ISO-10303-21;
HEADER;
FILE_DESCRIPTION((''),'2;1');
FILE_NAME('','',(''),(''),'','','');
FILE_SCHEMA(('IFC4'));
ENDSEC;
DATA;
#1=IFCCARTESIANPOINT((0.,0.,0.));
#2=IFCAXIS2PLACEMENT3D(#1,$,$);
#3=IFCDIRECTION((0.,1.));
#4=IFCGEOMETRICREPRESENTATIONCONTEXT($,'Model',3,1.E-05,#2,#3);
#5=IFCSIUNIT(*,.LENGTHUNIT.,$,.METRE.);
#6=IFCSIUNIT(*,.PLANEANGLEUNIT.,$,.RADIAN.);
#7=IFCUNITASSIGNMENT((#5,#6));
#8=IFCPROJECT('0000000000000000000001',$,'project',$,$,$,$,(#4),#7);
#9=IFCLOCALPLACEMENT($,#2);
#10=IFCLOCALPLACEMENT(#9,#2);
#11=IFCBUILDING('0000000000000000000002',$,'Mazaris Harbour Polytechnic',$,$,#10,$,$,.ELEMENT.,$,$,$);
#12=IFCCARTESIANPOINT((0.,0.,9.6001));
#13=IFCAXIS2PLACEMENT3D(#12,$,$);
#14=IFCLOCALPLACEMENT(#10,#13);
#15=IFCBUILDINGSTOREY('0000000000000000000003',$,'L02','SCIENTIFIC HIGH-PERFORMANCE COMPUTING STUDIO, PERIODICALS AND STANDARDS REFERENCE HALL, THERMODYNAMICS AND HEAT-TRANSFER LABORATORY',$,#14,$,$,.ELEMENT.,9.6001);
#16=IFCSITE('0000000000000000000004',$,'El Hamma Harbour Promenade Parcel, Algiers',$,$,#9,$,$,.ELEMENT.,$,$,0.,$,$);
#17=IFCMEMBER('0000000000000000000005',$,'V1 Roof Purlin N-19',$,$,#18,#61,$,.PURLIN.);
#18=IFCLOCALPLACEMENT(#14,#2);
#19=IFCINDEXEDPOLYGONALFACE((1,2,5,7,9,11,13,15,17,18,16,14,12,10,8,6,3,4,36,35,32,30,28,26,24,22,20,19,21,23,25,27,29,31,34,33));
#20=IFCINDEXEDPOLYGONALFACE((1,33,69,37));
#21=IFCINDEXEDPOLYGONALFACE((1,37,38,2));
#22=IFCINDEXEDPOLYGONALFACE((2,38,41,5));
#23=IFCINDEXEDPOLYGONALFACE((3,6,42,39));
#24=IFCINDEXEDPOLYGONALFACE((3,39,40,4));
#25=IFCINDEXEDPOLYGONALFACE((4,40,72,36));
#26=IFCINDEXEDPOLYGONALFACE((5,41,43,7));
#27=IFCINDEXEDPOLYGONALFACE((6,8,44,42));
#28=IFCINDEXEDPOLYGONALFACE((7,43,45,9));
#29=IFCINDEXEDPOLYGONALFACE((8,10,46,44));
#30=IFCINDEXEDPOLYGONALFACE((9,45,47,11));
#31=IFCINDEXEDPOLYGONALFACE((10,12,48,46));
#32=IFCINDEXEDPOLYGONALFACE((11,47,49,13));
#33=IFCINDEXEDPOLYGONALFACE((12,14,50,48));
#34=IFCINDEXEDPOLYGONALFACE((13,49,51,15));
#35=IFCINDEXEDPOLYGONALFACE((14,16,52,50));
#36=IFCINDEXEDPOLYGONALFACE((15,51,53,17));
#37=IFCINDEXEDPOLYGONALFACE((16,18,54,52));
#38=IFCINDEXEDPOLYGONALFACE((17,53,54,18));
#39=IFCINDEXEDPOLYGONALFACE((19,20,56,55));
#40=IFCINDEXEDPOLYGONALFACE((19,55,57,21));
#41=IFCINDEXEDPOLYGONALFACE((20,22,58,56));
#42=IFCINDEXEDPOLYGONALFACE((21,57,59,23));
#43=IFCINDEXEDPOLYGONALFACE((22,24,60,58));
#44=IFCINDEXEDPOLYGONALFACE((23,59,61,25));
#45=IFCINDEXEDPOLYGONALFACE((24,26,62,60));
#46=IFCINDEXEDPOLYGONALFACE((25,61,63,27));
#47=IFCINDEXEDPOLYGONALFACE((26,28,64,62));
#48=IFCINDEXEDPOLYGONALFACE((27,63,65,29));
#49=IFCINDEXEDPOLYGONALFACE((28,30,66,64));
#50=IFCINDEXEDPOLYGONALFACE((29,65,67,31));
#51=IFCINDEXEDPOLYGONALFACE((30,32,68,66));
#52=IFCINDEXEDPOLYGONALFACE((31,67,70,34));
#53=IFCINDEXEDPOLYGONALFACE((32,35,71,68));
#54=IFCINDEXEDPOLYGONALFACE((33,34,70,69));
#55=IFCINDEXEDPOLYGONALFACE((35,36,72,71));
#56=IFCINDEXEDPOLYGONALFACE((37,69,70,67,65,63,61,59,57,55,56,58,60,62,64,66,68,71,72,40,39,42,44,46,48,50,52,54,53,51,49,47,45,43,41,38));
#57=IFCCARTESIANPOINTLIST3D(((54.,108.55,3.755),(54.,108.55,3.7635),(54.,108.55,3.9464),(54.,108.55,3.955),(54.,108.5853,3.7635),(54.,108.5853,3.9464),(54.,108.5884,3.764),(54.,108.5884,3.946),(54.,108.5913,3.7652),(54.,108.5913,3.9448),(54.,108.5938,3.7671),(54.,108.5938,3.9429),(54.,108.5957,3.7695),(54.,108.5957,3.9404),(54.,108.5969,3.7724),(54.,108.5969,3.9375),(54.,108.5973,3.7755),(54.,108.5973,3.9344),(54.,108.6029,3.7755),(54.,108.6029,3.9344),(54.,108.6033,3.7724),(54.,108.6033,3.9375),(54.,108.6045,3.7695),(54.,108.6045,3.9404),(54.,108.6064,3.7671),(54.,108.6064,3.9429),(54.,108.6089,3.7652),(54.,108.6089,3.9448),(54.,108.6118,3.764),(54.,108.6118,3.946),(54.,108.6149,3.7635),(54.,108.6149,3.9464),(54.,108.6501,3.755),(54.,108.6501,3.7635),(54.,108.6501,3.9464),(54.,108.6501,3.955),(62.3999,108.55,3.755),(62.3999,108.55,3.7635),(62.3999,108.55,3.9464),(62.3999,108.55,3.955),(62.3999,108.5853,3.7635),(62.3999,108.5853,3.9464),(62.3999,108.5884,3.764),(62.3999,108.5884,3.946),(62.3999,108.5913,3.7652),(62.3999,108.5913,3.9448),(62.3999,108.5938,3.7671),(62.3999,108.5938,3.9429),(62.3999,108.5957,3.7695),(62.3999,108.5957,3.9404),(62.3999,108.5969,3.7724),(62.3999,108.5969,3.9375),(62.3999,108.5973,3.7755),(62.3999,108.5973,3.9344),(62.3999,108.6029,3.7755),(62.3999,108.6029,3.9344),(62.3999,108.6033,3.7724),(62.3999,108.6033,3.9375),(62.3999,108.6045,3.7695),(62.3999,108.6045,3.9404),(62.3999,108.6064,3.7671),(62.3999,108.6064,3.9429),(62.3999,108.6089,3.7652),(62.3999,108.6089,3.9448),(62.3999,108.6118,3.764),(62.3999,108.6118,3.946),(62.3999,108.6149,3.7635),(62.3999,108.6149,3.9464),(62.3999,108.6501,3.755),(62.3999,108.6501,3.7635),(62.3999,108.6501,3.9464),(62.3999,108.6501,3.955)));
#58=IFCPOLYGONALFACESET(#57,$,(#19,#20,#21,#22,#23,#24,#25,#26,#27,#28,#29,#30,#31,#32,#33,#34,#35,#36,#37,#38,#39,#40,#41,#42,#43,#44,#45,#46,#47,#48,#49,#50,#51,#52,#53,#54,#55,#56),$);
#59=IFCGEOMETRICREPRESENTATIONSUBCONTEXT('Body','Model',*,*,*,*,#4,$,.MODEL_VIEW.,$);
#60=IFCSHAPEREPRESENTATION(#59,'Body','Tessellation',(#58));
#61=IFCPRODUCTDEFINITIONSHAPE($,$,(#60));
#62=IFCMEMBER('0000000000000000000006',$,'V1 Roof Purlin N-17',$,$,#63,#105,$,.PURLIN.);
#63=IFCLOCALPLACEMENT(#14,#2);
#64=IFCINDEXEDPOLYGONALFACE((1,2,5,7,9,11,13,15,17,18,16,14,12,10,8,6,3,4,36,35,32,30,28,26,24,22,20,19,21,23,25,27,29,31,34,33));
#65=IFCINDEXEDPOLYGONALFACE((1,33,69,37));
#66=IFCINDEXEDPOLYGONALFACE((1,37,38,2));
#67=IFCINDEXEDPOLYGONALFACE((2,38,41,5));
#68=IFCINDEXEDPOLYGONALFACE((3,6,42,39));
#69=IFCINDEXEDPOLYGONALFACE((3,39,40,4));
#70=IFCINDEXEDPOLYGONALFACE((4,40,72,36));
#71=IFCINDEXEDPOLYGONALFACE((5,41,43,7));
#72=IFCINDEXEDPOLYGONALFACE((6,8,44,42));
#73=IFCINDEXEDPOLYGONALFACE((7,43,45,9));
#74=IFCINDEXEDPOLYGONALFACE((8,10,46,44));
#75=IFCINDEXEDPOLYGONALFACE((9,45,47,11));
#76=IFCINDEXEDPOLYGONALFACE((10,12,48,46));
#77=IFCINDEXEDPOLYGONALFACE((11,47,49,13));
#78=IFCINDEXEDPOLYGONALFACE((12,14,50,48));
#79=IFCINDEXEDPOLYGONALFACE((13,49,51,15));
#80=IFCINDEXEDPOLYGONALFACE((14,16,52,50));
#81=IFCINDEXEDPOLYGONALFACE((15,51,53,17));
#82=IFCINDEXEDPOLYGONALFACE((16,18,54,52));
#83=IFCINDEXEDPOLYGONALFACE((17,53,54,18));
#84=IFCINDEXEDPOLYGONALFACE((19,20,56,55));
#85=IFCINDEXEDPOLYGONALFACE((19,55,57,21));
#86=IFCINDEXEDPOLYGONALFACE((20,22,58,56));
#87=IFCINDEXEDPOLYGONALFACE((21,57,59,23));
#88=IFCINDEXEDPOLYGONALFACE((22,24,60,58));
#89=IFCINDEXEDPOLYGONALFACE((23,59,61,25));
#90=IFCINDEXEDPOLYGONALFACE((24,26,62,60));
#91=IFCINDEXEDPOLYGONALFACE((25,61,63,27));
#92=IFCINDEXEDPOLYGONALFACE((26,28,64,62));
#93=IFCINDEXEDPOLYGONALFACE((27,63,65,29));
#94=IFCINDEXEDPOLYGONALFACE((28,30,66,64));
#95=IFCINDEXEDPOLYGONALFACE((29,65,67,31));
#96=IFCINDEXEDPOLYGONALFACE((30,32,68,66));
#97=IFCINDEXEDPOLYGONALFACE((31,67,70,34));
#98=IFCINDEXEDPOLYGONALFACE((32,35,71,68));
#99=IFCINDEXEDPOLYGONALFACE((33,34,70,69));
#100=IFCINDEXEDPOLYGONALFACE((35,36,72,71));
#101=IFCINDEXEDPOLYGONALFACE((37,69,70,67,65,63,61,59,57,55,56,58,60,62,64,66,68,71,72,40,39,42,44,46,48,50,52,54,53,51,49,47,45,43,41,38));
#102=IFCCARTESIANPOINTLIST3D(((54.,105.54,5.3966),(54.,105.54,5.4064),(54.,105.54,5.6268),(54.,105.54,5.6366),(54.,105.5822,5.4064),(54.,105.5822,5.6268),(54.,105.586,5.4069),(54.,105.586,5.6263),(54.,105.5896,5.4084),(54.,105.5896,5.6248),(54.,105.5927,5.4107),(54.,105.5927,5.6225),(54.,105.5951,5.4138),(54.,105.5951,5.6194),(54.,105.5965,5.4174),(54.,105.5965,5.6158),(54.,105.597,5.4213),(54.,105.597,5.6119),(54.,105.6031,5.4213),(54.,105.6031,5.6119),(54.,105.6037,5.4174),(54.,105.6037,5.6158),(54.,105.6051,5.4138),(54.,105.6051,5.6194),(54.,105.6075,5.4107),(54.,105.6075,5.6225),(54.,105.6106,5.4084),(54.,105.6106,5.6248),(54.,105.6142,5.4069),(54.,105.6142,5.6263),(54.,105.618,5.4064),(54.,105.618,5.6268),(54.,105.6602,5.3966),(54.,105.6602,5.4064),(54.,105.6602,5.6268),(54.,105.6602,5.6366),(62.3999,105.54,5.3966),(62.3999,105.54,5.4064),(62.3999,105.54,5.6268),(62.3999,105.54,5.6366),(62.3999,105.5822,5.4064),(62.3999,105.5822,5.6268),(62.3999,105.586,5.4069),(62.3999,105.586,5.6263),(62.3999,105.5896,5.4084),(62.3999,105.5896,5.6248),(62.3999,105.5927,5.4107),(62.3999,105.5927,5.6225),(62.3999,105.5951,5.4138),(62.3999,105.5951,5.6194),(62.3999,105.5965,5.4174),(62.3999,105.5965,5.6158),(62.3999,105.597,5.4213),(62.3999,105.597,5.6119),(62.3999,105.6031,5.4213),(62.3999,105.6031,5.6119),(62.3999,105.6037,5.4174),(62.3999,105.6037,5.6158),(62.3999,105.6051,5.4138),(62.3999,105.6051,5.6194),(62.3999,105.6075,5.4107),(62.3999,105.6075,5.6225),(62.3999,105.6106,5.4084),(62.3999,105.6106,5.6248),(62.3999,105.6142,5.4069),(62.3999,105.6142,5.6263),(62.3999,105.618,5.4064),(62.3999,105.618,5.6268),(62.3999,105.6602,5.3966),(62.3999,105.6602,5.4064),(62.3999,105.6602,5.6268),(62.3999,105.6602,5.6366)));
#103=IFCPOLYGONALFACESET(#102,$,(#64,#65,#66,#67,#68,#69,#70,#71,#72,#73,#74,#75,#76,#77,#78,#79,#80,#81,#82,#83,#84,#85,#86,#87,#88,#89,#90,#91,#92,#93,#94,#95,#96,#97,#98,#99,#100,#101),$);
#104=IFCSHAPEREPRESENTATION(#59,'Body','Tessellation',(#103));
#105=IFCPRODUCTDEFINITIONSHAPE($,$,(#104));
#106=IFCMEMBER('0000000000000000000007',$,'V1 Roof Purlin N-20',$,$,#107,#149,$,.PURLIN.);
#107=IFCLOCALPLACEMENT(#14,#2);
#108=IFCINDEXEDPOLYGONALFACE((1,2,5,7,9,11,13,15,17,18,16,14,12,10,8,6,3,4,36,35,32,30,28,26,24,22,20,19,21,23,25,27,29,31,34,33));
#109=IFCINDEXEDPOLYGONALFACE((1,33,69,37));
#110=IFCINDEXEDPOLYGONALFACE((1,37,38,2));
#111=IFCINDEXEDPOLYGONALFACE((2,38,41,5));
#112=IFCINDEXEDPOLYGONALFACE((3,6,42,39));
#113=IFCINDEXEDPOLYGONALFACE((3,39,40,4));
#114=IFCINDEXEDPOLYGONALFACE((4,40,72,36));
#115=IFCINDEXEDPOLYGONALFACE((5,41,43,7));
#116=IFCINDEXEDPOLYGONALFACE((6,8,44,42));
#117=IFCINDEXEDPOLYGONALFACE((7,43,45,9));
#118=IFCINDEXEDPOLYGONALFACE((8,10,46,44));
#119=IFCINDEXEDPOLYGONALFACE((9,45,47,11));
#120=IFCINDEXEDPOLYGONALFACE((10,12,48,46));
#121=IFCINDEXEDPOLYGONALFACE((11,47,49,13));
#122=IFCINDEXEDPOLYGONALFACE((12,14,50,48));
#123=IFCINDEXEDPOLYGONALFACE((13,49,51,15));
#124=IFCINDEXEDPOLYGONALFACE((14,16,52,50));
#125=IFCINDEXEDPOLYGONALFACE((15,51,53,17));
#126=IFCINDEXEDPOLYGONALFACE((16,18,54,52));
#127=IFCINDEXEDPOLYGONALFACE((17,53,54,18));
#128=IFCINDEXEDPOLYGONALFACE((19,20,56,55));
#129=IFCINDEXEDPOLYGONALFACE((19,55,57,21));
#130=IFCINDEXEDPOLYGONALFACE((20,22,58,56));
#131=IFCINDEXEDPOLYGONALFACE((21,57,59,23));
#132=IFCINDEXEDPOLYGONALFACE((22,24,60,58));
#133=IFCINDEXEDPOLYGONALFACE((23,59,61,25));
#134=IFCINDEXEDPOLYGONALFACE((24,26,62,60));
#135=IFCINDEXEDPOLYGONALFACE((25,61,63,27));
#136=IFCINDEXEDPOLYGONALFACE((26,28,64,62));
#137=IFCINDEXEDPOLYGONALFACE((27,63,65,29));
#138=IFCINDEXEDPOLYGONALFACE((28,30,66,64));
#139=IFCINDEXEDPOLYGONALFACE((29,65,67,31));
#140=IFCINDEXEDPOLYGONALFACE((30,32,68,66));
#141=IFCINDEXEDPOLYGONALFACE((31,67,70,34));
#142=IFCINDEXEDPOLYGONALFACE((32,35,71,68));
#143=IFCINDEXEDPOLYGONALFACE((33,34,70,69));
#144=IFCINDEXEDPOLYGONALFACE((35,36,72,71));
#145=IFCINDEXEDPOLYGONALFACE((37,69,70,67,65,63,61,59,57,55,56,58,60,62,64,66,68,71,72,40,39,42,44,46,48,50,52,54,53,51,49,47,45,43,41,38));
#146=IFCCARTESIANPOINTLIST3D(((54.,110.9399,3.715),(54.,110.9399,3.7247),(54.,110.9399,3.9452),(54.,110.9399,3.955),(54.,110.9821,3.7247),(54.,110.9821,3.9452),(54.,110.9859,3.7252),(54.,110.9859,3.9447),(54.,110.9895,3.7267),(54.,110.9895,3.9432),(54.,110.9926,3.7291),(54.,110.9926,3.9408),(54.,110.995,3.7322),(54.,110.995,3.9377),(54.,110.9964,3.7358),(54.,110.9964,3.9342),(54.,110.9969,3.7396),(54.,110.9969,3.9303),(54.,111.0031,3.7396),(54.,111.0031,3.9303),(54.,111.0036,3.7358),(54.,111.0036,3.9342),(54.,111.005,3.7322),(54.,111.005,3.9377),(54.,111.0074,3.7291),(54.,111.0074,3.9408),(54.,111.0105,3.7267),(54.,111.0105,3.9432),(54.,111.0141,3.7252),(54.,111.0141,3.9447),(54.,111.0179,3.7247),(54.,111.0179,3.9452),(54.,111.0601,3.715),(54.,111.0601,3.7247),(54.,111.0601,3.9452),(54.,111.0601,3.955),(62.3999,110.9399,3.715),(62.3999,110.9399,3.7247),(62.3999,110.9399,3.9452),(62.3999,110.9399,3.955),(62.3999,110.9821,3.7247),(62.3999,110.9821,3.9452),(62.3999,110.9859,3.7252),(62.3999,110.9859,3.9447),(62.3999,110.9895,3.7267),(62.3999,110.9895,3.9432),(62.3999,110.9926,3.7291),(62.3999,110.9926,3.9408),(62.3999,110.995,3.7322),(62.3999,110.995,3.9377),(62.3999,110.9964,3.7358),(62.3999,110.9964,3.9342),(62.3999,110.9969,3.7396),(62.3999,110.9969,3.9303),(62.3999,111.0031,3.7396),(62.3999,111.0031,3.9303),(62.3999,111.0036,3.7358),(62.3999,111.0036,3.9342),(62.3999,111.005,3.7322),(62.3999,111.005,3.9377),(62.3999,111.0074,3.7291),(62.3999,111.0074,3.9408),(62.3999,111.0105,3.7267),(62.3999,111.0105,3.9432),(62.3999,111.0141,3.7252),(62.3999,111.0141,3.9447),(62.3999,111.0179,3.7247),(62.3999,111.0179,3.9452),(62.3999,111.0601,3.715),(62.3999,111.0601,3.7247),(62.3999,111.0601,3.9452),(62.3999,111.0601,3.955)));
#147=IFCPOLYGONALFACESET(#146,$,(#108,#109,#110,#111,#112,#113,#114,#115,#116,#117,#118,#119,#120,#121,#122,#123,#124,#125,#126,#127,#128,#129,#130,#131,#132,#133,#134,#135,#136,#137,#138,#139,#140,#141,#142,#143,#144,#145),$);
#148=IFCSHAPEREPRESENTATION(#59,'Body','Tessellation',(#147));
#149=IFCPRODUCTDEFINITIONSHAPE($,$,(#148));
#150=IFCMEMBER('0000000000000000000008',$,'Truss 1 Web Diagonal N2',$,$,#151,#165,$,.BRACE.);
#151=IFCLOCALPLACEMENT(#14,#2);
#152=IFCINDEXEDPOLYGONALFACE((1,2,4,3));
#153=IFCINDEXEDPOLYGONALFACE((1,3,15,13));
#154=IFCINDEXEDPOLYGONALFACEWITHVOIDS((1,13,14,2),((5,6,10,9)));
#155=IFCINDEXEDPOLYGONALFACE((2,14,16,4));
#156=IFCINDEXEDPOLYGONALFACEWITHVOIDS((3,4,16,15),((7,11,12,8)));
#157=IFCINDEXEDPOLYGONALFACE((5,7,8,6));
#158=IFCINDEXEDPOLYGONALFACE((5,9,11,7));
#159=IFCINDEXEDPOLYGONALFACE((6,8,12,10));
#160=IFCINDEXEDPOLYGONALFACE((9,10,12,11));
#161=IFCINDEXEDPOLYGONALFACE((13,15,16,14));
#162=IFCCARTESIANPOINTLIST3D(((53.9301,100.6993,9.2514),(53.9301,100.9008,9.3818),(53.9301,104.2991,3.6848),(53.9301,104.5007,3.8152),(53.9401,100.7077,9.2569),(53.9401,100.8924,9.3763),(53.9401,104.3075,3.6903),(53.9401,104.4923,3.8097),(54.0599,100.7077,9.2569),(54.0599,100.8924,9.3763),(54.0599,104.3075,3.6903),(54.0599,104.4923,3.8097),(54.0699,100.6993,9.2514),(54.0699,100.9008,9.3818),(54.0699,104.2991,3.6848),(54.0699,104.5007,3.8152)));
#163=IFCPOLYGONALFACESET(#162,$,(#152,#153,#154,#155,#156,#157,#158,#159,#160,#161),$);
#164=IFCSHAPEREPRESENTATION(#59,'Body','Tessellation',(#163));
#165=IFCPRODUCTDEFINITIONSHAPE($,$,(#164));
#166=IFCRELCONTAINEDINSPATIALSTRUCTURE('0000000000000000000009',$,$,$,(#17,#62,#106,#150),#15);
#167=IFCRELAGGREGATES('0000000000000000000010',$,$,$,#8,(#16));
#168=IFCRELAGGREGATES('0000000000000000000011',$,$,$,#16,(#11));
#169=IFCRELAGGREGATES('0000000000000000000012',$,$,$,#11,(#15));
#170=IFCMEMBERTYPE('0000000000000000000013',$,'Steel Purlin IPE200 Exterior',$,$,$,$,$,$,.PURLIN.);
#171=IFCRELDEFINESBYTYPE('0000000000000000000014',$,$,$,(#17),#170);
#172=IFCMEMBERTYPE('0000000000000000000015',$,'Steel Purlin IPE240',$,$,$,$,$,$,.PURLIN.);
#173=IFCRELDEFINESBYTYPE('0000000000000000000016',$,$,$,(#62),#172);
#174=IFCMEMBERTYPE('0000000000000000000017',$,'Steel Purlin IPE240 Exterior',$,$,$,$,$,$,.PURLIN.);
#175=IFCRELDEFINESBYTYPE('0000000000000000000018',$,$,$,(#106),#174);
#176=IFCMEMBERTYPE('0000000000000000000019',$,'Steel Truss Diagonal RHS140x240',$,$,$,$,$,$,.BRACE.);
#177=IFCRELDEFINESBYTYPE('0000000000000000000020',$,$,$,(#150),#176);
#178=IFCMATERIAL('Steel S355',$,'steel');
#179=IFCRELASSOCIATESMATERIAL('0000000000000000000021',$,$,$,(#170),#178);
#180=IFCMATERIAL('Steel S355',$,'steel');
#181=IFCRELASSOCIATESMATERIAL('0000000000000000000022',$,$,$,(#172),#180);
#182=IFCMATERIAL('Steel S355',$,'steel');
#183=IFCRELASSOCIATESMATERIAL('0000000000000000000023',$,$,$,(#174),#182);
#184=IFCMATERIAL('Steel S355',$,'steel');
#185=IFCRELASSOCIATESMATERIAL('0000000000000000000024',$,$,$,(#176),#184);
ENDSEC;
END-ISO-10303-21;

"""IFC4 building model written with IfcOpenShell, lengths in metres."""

from ifc_helpers import new_model, si_unit, direction, frame, origin, origin_2d, place, context, subcontext, project, spatial, hollow_rectangle, i_section, extrude, material, material_profile, profile_set, type_object, element, save


model = new_model("IFC4")

# Units and contexts
model_context = context("Model", 3, precision=1e-05, world=origin(), true_north=direction((0.0, 1.0)))
body_context = subcontext(model_context, "Body", "Model", "MODEL_VIEW")
ifc_project = project(units=[si_unit("LENGTHUNIT", "METRE"), si_unit("PLANEANGLEUNIT", "RADIAN")], contexts=[model_context])

# Site, building, storey
site_placement = place(None, origin())
site = spatial("IfcSite", under=ifc_project, at=site_placement, Name="El Hamma Harbour Promenade Parcel, Algiers", CompositionType="ELEMENT", RefElevation=0.0)
building_placement = place(site_placement, origin())
building = spatial("IfcBuilding", under=site, at=building_placement, Name="Mazaris Harbour Polytechnic", CompositionType="ELEMENT")
storey_placement = place(building_placement, frame((0.0, 0.0, 9.6001)))
storey = spatial("IfcBuildingStorey", under=building, at=storey_placement, Name="L02", Description="SCIENTIFIC HIGH-PERFORMANCE COMPUTING STUDIO, PERIODICALS AND STANDARDS REFERENCE HALL, THERMODYNAMICS AND HEAT-TRANSFER LABORATORY", CompositionType="ELEMENT", Elevation=9.6001)

# Members
ifc_material_1 = material(Name="Steel S355", Category="steel")
ifc_material_profile_1 = material_profile(ifc_material_1, i_section(OverallWidth=0.1001, OverallDepth=0.2, WebThickness=0.0056, FlangeThickness=0.0085, FilletRadius=0.012, at=origin_2d()), Name="IPE 200")
ifc_profile_set_1 = profile_set([ifc_material_profile_1], Name="Steel S355")
member_type_1 = type_object("IfcMemberType", Name="Steel Purlin IPE200 Exterior", PredefinedType="PURLIN", material=ifc_profile_set_1)
member_1_placement = place(storey_placement, frame((54.0, 108.6001, 3.855), z_axis=(1.0, 0.0, 0.0), x_axis=(0.0, 1.0, 0.0)))
element("IfcMember", 1, at=member_1_placement, inside=storey, type_object=member_type_1, Name="V1 Roof Purlin N-19", PredefinedType="PURLIN", context=body_context, shape_type="SweptSolid", body=[
    extrude(i_section(OverallWidth=0.1001, OverallDepth=0.2, WebThickness=0.0056, FlangeThickness=0.0085, FilletRadius=0.012, at=origin_2d()), origin(), (0.0, 0.0, 1.0), 8.3999),
])
ifc_material_2 = material(Name="Steel S355", Category="steel")
ifc_material_profile_2 = material_profile(ifc_material_2, i_section(OverallWidth=0.1201, OverallDepth=0.24, WebThickness=0.0061, FlangeThickness=0.0098, FilletRadius=0.0149, at=origin_2d()), Name="IPE 240")
ifc_profile_set_2 = profile_set([ifc_material_profile_2], Name="Steel S355")
member_type_2 = type_object("IfcMemberType", Name="Steel Purlin IPE240", PredefinedType="PURLIN", material=ifc_profile_set_2)
member_2_placement = place(storey_placement, frame((54.0, 105.6001, 5.5166), z_axis=(1.0, 0.0, 0.0), x_axis=(0.0, 1.0, 0.0)))
element("IfcMember", 2, at=member_2_placement, inside=storey, type_object=member_type_2, Name="V1 Roof Purlin N-17", PredefinedType="PURLIN", context=body_context, shape_type="SweptSolid", body=[
    extrude(i_section(OverallWidth=0.1201, OverallDepth=0.24, WebThickness=0.0061, FlangeThickness=0.0098, FilletRadius=0.0149, at=origin_2d()), origin(), (0.0, 0.0, 1.0), 8.3999),
])
ifc_material_3 = material(Name="Steel S355", Category="steel")
ifc_material_profile_3 = material_profile(ifc_material_3, i_section(OverallWidth=0.1201, OverallDepth=0.24, WebThickness=0.0061, FlangeThickness=0.0098, FilletRadius=0.0149, at=origin_2d()), Name="IPE 240")
ifc_profile_set_3 = profile_set([ifc_material_profile_3], Name="Steel S355")
member_type_3 = type_object("IfcMemberType", Name="Steel Purlin IPE240 Exterior", PredefinedType="PURLIN", material=ifc_profile_set_3)
member_3_placement = place(storey_placement, frame((54.0, 111.0, 3.835), z_axis=(1.0, 0.0, 0.0), x_axis=(0.0, 1.0, 0.0)))
element("IfcMember", 3, at=member_3_placement, inside=storey, type_object=member_type_3, Name="V1 Roof Purlin N-20", PredefinedType="PURLIN", context=body_context, shape_type="SweptSolid", body=[
    extrude(i_section(OverallWidth=0.1201, OverallDepth=0.24, WebThickness=0.0061, FlangeThickness=0.0098, FilletRadius=0.0149, at=origin_2d()), origin(), (0.0, 0.0, 1.0), 8.3999),
])
ifc_material_4 = material(Name="Steel S355", Category="steel")
ifc_material_profile_4 = material_profile(ifc_material_4, hollow_rectangle(XDim=0.1399, YDim=0.24, WallThickness=0.01, at=origin_2d()), Name="RHS 140x240x10.0")
ifc_profile_set_4 = profile_set([ifc_material_profile_4], Name="Steel S355")
member_type_4 = type_object("IfcMemberType", Name="Steel Truss Diagonal RHS140x240", PredefinedType="BRACE", material=ifc_profile_set_4)
member_4_placement = place(storey_placement, frame((54.0, 104.3999, 3.75), z_axis=(0.0, -0.543028, 0.839714), x_axis=(1.0, 0.0, 0.0)))
element("IfcMember", 4, at=member_4_placement, inside=storey, type_object=member_type_4, Name="Truss 1 Web Diagonal N2", PredefinedType="BRACE", context=body_context, shape_type="SweptSolid", body=[
    extrude(hollow_rectangle(XDim=0.1399, YDim=0.24, WallThickness=0.01, at=origin_2d()), origin(), (0.0, 0.0, 1.0), 6.6292),
])

save(model, "model.ifc")
